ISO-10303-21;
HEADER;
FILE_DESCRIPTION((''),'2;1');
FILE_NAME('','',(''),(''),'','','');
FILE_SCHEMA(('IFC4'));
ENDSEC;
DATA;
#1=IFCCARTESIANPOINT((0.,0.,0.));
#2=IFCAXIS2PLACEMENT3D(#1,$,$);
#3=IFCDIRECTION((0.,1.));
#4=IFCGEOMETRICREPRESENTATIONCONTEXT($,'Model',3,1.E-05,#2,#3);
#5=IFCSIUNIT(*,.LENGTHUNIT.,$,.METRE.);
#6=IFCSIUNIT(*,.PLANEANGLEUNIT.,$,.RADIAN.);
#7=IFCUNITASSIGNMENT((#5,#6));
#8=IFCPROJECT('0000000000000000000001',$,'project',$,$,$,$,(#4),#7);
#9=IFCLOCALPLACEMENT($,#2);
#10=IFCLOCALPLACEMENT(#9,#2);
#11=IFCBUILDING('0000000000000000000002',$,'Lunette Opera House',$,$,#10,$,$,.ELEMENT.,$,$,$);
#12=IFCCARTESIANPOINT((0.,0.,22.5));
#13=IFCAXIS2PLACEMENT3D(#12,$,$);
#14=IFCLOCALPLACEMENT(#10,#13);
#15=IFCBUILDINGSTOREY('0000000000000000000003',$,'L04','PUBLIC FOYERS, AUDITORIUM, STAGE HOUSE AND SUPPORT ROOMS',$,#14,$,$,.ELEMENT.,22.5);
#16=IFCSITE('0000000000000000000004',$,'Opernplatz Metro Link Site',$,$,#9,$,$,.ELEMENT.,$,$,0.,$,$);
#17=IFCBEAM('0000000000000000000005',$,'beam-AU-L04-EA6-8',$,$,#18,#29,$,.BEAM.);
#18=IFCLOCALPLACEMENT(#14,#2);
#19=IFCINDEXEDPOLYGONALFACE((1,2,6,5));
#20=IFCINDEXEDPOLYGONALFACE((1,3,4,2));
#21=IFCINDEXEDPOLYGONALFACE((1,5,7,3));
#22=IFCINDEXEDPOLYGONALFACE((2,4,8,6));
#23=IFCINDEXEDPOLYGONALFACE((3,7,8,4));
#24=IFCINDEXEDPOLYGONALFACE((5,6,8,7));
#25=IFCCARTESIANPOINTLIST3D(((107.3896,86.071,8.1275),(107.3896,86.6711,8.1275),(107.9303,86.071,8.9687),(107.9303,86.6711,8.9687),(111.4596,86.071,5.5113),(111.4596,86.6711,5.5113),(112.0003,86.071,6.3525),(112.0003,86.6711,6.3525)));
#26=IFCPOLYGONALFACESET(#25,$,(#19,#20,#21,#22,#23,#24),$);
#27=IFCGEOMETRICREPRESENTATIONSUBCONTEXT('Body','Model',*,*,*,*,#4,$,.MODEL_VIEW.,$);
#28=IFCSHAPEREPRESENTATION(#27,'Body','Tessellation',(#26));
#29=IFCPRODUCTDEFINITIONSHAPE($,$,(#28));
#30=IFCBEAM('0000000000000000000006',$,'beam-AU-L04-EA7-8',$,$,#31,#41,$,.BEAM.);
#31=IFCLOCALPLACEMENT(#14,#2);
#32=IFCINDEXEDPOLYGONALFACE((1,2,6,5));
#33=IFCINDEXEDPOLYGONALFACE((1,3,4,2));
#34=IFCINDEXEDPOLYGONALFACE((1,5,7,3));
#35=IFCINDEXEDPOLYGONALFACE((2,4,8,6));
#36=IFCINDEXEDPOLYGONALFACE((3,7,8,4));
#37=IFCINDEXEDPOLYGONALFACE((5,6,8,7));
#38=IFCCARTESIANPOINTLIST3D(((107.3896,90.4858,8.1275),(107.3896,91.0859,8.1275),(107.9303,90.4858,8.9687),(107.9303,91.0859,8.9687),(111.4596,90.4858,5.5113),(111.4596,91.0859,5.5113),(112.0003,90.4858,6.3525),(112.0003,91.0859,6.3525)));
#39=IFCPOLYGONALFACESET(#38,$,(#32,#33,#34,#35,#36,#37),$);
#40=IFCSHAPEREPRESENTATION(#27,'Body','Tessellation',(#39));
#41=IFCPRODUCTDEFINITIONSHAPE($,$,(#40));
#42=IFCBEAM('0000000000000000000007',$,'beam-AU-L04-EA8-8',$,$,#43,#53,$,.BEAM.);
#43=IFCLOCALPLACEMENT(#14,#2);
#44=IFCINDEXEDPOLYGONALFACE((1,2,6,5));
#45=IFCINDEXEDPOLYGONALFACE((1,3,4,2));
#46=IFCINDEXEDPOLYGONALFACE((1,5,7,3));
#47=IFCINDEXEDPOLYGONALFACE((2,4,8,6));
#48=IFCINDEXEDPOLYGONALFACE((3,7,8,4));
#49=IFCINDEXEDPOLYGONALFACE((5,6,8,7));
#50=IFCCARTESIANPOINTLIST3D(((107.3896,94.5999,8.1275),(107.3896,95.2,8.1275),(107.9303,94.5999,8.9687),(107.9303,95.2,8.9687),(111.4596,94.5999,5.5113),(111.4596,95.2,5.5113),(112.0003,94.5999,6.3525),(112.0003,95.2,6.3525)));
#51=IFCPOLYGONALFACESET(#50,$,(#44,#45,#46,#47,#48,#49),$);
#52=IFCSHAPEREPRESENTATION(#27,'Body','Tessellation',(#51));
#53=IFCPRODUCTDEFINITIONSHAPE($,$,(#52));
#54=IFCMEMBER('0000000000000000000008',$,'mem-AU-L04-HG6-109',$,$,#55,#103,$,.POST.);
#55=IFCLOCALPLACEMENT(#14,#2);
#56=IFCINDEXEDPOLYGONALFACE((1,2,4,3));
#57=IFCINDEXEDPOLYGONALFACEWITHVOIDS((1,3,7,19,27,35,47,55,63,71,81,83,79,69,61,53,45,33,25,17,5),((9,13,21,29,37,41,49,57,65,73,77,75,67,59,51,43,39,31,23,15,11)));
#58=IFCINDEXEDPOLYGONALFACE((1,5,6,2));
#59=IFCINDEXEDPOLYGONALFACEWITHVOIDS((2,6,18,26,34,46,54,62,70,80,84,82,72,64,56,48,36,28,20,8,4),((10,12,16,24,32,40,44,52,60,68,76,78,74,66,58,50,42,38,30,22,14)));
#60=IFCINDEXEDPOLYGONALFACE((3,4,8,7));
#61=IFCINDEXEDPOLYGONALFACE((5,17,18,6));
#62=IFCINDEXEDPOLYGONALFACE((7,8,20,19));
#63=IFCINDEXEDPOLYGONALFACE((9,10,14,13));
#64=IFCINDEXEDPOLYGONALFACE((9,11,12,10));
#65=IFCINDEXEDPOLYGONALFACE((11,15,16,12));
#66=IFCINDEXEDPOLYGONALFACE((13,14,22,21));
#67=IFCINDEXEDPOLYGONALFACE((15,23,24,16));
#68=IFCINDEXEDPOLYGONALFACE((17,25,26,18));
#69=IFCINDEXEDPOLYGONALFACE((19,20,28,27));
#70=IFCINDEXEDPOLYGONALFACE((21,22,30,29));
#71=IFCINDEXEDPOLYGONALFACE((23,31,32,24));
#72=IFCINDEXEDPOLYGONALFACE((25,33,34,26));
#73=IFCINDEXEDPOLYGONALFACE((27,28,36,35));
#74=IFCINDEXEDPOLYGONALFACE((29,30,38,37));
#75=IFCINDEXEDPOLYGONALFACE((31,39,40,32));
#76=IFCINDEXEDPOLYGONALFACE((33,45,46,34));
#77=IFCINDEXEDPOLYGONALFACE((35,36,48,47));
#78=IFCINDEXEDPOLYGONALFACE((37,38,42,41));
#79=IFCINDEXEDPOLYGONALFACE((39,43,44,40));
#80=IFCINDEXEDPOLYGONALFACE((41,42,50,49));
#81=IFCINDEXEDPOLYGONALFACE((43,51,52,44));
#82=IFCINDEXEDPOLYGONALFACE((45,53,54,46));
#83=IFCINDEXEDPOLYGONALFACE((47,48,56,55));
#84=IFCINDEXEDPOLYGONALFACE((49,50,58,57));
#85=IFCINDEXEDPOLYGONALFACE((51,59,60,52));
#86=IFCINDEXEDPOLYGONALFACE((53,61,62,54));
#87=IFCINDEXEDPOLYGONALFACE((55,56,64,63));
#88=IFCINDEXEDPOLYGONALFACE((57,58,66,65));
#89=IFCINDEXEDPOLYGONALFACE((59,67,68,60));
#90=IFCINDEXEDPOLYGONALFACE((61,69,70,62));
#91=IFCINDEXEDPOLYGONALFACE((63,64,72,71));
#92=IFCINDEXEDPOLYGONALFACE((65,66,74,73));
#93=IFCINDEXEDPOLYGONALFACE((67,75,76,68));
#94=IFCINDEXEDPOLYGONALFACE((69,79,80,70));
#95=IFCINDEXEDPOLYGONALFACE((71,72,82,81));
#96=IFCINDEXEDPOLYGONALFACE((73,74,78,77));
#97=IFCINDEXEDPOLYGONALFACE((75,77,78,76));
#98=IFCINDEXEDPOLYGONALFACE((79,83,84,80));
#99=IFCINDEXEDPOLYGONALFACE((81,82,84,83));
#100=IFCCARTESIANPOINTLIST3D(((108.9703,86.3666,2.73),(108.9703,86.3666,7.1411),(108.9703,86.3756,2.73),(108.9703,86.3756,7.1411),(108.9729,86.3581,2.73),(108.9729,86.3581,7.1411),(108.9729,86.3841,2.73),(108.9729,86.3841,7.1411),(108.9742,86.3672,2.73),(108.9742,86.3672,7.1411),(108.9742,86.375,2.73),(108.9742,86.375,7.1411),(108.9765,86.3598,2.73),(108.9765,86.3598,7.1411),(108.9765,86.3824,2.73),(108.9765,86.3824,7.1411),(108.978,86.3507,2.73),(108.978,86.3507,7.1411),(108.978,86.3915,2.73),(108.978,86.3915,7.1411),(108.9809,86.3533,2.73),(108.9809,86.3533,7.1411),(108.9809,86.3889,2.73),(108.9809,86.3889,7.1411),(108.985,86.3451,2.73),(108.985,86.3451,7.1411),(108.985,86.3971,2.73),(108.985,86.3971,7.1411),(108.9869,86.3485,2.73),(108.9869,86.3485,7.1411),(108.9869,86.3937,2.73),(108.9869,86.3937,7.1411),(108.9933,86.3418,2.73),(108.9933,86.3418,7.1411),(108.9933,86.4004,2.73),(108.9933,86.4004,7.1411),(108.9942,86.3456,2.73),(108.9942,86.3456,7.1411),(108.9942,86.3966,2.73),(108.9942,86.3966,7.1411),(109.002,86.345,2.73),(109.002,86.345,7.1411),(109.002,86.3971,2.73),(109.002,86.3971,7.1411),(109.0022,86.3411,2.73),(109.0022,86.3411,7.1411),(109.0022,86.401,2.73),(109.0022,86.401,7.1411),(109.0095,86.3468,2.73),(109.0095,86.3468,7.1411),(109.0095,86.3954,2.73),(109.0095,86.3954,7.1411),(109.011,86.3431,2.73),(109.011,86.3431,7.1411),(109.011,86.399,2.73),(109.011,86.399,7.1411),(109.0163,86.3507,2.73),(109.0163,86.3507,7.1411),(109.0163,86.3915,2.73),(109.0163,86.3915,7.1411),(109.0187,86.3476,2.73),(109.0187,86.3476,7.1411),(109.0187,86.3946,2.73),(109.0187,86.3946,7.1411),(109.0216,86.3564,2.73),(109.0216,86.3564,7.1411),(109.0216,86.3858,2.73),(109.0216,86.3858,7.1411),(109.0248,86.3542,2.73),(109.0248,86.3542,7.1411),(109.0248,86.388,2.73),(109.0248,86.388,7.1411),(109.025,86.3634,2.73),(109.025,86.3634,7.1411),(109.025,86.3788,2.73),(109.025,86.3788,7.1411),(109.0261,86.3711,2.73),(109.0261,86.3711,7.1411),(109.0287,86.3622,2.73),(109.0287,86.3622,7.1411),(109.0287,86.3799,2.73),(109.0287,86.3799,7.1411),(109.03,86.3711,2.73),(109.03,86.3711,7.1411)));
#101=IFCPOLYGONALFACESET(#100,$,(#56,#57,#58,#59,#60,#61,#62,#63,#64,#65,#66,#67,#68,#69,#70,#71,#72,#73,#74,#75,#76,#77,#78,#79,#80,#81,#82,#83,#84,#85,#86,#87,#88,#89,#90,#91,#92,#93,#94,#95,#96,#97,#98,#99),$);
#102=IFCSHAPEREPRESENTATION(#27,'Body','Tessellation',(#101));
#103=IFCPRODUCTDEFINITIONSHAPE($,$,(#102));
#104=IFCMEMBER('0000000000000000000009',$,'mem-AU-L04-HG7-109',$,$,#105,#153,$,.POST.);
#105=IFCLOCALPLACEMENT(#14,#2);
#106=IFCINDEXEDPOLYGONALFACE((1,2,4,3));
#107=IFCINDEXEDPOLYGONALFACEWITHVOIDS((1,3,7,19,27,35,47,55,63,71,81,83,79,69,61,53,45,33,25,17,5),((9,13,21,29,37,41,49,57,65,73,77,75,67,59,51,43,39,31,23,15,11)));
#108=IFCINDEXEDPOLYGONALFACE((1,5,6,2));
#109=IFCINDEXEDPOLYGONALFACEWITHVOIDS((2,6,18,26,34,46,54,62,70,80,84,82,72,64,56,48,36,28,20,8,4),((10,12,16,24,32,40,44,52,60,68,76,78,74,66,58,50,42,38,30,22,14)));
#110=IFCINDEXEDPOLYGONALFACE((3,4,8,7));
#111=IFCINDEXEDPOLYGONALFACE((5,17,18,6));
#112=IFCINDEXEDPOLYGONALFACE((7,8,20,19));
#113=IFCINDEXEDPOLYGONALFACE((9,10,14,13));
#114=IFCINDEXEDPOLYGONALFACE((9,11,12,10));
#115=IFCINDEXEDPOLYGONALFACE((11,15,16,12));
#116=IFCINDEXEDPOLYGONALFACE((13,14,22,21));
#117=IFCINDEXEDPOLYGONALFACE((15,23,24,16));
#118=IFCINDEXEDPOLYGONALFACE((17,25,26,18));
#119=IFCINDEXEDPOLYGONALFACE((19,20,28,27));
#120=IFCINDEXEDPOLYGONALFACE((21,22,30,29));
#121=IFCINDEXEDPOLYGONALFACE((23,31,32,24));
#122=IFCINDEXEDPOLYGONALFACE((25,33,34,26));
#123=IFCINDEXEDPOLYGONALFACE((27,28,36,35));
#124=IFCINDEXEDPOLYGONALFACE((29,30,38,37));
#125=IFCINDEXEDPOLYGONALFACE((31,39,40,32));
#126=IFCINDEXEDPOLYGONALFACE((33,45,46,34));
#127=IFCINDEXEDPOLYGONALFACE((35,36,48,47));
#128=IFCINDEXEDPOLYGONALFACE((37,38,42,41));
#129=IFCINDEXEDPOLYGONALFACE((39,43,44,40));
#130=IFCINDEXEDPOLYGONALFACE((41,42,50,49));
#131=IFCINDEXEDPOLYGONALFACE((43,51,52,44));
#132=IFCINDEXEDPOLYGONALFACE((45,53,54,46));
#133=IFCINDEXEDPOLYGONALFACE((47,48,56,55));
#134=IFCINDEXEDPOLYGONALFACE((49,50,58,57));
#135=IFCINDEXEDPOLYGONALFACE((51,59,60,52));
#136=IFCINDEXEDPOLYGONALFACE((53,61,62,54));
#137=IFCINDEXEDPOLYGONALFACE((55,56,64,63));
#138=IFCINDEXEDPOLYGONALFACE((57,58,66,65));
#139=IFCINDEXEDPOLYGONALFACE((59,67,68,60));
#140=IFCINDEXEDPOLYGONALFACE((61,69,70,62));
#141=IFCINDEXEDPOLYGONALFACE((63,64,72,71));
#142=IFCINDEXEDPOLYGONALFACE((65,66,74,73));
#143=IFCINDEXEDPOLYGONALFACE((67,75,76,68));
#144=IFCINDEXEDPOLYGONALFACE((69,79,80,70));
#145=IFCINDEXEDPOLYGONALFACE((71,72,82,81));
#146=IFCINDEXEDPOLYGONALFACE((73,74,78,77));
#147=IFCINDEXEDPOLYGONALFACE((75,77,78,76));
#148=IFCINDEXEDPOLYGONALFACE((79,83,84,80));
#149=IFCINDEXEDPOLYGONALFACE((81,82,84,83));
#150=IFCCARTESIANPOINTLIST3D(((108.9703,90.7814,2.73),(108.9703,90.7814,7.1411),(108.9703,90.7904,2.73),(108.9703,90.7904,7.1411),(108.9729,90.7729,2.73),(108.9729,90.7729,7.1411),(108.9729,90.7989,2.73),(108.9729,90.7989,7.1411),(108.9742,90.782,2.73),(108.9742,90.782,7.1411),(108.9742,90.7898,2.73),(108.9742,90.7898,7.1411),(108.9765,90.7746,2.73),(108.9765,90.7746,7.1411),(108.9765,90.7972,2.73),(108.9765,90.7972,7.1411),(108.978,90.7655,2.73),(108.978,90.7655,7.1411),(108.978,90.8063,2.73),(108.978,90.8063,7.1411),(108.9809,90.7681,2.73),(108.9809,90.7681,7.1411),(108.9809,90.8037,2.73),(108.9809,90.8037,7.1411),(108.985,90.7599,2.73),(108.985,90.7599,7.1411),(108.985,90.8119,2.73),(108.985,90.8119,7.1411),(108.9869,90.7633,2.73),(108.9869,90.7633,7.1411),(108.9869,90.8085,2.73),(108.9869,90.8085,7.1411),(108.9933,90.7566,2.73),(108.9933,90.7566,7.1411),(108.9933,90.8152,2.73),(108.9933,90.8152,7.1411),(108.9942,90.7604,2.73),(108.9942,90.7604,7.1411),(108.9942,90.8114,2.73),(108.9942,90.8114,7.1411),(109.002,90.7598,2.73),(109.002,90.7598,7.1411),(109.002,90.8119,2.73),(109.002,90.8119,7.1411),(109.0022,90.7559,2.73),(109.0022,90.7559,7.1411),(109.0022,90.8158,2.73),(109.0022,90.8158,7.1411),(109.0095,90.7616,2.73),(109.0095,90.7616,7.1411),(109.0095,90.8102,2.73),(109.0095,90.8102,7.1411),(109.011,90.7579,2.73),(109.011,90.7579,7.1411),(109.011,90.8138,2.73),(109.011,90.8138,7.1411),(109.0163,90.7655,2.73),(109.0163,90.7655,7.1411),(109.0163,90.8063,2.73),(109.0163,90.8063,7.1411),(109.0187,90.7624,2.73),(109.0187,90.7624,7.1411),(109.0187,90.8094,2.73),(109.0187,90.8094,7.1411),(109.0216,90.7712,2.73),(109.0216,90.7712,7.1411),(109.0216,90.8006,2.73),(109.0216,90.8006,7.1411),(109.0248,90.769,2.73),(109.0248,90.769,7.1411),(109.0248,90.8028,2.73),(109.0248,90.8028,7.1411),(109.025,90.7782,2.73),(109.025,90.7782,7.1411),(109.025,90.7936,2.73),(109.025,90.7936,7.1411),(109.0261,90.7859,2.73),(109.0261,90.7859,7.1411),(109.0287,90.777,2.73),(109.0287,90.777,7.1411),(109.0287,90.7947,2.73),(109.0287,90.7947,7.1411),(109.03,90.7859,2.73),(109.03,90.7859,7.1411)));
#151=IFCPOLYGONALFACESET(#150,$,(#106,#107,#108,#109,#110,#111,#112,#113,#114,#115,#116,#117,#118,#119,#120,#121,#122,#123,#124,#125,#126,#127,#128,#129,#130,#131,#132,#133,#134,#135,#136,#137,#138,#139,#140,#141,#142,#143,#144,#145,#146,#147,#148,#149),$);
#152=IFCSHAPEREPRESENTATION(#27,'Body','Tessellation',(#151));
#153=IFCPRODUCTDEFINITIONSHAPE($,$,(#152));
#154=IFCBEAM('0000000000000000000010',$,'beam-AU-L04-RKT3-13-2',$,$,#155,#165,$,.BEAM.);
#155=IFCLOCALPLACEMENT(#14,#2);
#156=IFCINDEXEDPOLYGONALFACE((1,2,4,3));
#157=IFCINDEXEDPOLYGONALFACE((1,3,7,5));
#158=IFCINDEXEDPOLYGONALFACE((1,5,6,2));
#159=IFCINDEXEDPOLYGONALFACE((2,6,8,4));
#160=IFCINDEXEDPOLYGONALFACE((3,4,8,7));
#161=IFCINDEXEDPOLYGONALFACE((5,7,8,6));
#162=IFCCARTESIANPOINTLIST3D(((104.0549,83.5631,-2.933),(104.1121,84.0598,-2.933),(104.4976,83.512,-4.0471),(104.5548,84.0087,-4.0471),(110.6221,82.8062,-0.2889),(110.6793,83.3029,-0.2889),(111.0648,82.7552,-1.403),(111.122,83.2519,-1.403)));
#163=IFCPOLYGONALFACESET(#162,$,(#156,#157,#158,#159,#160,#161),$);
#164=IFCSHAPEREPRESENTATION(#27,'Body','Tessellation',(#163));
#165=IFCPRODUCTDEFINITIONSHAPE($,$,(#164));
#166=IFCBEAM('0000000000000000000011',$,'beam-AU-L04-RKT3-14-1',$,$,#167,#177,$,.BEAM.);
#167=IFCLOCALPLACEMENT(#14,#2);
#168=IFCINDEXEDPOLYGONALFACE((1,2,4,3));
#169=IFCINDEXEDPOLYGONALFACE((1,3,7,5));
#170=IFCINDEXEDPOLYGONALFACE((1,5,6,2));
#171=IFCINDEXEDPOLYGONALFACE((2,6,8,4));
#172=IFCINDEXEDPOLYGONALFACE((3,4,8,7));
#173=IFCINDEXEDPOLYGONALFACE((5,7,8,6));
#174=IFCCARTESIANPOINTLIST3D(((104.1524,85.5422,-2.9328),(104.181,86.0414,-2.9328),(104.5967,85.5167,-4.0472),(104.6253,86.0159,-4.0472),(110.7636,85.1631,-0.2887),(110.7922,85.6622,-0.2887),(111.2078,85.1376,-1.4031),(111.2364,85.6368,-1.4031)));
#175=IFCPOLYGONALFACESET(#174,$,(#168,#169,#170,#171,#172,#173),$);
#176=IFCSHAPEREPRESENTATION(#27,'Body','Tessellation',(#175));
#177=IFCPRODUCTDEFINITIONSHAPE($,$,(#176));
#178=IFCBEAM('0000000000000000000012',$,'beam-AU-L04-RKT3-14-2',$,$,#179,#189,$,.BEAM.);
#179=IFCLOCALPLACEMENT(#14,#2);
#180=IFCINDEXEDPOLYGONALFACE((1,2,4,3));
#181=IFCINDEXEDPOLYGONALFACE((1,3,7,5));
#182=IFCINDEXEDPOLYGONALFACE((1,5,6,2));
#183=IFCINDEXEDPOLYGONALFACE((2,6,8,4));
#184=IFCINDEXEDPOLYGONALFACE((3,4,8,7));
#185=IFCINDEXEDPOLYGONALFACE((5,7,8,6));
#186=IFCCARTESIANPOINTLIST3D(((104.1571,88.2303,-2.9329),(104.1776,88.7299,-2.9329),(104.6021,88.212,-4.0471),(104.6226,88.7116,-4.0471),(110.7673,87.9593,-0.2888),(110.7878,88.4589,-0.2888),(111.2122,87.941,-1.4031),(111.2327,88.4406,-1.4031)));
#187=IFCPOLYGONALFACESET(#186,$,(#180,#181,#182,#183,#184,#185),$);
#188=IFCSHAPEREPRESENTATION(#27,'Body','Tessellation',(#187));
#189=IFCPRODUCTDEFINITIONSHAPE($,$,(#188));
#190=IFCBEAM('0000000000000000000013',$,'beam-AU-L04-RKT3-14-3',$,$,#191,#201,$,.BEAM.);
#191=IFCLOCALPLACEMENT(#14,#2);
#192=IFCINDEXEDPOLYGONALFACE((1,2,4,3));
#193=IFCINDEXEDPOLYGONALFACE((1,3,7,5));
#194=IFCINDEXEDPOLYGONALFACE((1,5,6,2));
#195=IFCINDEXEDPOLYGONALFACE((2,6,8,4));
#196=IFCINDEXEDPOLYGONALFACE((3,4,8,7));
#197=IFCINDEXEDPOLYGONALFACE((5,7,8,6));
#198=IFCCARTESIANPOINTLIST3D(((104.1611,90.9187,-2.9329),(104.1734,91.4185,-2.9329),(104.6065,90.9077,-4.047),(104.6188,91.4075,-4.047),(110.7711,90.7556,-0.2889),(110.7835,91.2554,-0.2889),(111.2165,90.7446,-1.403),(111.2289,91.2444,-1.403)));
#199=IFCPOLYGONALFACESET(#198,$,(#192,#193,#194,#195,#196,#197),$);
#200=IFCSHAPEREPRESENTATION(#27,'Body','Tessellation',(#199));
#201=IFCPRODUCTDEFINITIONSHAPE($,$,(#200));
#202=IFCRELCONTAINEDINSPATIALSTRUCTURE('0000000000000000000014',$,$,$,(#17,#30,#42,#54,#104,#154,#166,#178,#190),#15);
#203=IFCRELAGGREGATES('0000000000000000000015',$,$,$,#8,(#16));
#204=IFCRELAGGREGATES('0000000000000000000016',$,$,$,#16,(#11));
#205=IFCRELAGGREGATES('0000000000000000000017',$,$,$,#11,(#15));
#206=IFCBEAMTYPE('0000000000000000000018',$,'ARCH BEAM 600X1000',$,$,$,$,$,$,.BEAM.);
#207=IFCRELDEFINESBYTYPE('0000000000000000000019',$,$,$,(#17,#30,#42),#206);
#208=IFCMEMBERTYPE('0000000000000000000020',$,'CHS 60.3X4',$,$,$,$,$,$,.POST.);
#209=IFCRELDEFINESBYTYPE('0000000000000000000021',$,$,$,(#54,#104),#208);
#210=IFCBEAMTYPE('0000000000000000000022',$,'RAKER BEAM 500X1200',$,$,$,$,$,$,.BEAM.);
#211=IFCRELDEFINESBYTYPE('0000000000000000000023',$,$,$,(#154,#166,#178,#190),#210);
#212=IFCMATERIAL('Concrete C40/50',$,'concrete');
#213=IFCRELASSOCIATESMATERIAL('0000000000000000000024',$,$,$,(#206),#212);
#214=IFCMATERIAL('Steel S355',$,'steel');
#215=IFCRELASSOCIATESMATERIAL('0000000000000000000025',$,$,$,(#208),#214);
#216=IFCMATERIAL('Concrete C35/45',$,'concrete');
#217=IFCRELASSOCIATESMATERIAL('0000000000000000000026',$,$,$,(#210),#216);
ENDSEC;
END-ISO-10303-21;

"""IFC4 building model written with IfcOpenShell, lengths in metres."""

from ifc_helpers import new_model, si_unit, direction, frame, origin, origin_2d, place, context, subcontext, project, spatial, rectangle, hollow_circle, extrude, material, material_profile, profile_set, type_object, element, save


model = new_model("IFC4")

# Units and contexts
model_context = context("Model", 3, precision=1e-05, world=origin(), true_north=direction((0.0, 1.0)))
body_context = subcontext(model_context, "Body", "Model", "MODEL_VIEW")
ifc_project = project(units=[si_unit("LENGTHUNIT", "METRE"), si_unit("PLANEANGLEUNIT", "RADIAN")], contexts=[model_context])

# Site, building, storey
site_placement = place(None, origin())
site = spatial("IfcSite", under=ifc_project, at=site_placement, Name="Opernplatz Metro Link Site", CompositionType="ELEMENT", RefElevation=0.0)
building_placement = place(site_placement, origin())
building = spatial("IfcBuilding", under=site, at=building_placement, Name="Lunette Opera House", CompositionType="ELEMENT")
storey_placement = place(building_placement, frame((0.0, 0.0, 22.5)))
storey = spatial("IfcBuildingStorey", under=building, at=storey_placement, Name="L04", Description="PUBLIC FOYERS, AUDITORIUM, STAGE HOUSE AND SUPPORT ROOMS", CompositionType="ELEMENT", Elevation=22.5)

# Beams
ifc_material_1 = material(Name="Concrete C40/50", Category="concrete")
ifc_material_profile_1 = material_profile(ifc_material_1, rectangle(XDim=0.6001, YDim=1.0, at=origin_2d()), Name="ARCH BEAM 600X1000")
ifc_profile_set_1 = profile_set([ifc_material_profile_1], Name="Concrete C40/50")
beam_type_1 = type_object("IfcBeamType", Name="ARCH BEAM 600X1000", PredefinedType="BEAM", material=ifc_profile_set_1)
for number, where, z_axis, x_axis, name in (
    (1, (107.6599, 86.3711, 8.5481), (0.841203, 0.0, -0.540719), (0.0, 1.0, 0.0), "beam-AU-L04-EA6-8"),
    (2, (107.6599, 90.7859, 8.5481), (0.841203, 0.0, -0.540719), (0.0, 1.0, 0.0), "beam-AU-L04-EA7-8"),
    (3, (107.6599, 94.8999, 8.5481), (0.841203, 0.0, -0.540719), (0.0, 1.0, 0.0), "beam-AU-L04-EA8-8"),
):
    element("IfcBeam", number, at=place(storey_placement, frame(where, z_axis=z_axis, x_axis=x_axis)), inside=storey, type_object=beam_type_1, Name=name, PredefinedType="BEAM", context=body_context, shape_type="SweptSolid", body=[
        extrude(rectangle(XDim=0.6001, YDim=1.0, at=origin_2d()), origin(), (0.0, 0.0, 1.0), 4.8384),
    ])

# Members
ifc_material_2 = material(Name="Steel S355", Category="steel")
ifc_material_profile_2 = material_profile(ifc_material_2, hollow_circle(Radius=0.03, WallThickness=0.0039, at=origin_2d()), Name="CHS 60.3X4")
ifc_profile_set_2 = profile_set([ifc_material_profile_2], Name="Steel S355")
member_type = type_object("IfcMemberType", Name="CHS 60.3X4", PredefinedType="POST", material=ifc_profile_set_2)
for number, where, z_axis, x_axis, name in (
    (4, (109.0, 86.3711, 2.73), (0.0, 0.0, 1.0), (1.0, 0.0, 0.0), "mem-AU-L04-HG6-109"),
    (5, (109.0, 90.7859, 2.73), (0.0, 0.0, 1.0), (1.0, 0.0, 0.0), "mem-AU-L04-HG7-109"),
):
    element("IfcMember", number, at=place(storey_placement, frame(where, z_axis=z_axis, x_axis=x_axis)), inside=storey, type_object=member_type, Name=name, PredefinedType="POST", context=body_context, shape_type="SweptSolid", body=[
        extrude(hollow_circle(Radius=0.03, WallThickness=0.0039, at=origin_2d()), origin(), (0.0, 0.0, 1.0), 4.4111),
    ])

# Beams
ifc_material_3 = material(Name="Concrete C35/45", Category="concrete")
ifc_material_profile_3 = material_profile(ifc_material_3, rectangle(XDim=0.5, YDim=1.2, at=origin_2d()), Name="RAKER BEAM 500X1200")
ifc_profile_set_3 = profile_set([ifc_material_profile_3], Name="Concrete C35/45")
beam_type_2 = type_object("IfcBeamType", Name="RAKER BEAM 500X1200", PredefinedType="BEAM", material=ifc_profile_set_3)
beam_1_placement = place(storey_placement, frame((110.8721, 83.0291, -0.8459), z_axis=(-0.922381, 0.106301, -0.371367), x_axis=(-0.114488, -0.993425, 0.0)))
element("IfcBeam", 6, at=beam_1_placement, inside=storey, type_object=beam_type_2, Name="beam-AU-L04-RKT3-13-2", PredefinedType="BEAM", context=body_context, shape_type="SweptSolid", body=[
    extrude(rectangle(XDim=0.5, YDim=1.2, at=origin_2d()), origin(), (0.0, 0.0, 1.0), 7.1199),
])
beam_2_placement = place(storey_placement, frame((111.0, 85.3999, -0.8459), z_axis=(-0.927182, 0.053175, -0.370818), x_axis=(-0.057257, -0.998359, 0.0)))
element("IfcBeam", 7, at=beam_2_placement, inside=storey, type_object=beam_type_2, Name="beam-AU-L04-RKT3-14-1", PredefinedType="BEAM", context=body_context, shape_type="SweptSolid", body=[
    extrude(rectangle(XDim=0.5, YDim=1.2, at=origin_2d()), origin(), (0.0, 0.0, 1.0), 7.1304),
])
beam_3_placement = place(storey_placement, frame((111.0, 88.2, -0.8459), z_axis=(-0.927805, 0.038037, -0.371122), x_axis=(-0.040963, -0.999161, 0.0)))
element("IfcBeam", 8, at=beam_3_placement, inside=storey, type_object=beam_type_2, Name="beam-AU-L04-RKT3-14-2", PredefinedType="BEAM", context=body_context, shape_type="SweptSolid", body=[
    extrude(rectangle(XDim=0.5, YDim=1.2, at=origin_2d()), origin(), (0.0, 0.0, 1.0), 7.1245),
])
beam_4_placement = place(storey_placement, frame((111.0, 91.0, -0.8459), z_axis=(-0.928233, 0.022902, -0.371293), x_axis=(-0.024665, -0.999696, 0.0)))
element("IfcBeam", 9, at=beam_4_placement, inside=storey, type_object=beam_type_2, Name="beam-AU-L04-RKT3-14-3", PredefinedType="BEAM", context=body_context, shape_type="SweptSolid", body=[
    extrude(rectangle(XDim=0.5, YDim=1.2, at=origin_2d()), origin(), (0.0, 0.0, 1.0), 7.1211),
])

save(model, "model.ifc")
